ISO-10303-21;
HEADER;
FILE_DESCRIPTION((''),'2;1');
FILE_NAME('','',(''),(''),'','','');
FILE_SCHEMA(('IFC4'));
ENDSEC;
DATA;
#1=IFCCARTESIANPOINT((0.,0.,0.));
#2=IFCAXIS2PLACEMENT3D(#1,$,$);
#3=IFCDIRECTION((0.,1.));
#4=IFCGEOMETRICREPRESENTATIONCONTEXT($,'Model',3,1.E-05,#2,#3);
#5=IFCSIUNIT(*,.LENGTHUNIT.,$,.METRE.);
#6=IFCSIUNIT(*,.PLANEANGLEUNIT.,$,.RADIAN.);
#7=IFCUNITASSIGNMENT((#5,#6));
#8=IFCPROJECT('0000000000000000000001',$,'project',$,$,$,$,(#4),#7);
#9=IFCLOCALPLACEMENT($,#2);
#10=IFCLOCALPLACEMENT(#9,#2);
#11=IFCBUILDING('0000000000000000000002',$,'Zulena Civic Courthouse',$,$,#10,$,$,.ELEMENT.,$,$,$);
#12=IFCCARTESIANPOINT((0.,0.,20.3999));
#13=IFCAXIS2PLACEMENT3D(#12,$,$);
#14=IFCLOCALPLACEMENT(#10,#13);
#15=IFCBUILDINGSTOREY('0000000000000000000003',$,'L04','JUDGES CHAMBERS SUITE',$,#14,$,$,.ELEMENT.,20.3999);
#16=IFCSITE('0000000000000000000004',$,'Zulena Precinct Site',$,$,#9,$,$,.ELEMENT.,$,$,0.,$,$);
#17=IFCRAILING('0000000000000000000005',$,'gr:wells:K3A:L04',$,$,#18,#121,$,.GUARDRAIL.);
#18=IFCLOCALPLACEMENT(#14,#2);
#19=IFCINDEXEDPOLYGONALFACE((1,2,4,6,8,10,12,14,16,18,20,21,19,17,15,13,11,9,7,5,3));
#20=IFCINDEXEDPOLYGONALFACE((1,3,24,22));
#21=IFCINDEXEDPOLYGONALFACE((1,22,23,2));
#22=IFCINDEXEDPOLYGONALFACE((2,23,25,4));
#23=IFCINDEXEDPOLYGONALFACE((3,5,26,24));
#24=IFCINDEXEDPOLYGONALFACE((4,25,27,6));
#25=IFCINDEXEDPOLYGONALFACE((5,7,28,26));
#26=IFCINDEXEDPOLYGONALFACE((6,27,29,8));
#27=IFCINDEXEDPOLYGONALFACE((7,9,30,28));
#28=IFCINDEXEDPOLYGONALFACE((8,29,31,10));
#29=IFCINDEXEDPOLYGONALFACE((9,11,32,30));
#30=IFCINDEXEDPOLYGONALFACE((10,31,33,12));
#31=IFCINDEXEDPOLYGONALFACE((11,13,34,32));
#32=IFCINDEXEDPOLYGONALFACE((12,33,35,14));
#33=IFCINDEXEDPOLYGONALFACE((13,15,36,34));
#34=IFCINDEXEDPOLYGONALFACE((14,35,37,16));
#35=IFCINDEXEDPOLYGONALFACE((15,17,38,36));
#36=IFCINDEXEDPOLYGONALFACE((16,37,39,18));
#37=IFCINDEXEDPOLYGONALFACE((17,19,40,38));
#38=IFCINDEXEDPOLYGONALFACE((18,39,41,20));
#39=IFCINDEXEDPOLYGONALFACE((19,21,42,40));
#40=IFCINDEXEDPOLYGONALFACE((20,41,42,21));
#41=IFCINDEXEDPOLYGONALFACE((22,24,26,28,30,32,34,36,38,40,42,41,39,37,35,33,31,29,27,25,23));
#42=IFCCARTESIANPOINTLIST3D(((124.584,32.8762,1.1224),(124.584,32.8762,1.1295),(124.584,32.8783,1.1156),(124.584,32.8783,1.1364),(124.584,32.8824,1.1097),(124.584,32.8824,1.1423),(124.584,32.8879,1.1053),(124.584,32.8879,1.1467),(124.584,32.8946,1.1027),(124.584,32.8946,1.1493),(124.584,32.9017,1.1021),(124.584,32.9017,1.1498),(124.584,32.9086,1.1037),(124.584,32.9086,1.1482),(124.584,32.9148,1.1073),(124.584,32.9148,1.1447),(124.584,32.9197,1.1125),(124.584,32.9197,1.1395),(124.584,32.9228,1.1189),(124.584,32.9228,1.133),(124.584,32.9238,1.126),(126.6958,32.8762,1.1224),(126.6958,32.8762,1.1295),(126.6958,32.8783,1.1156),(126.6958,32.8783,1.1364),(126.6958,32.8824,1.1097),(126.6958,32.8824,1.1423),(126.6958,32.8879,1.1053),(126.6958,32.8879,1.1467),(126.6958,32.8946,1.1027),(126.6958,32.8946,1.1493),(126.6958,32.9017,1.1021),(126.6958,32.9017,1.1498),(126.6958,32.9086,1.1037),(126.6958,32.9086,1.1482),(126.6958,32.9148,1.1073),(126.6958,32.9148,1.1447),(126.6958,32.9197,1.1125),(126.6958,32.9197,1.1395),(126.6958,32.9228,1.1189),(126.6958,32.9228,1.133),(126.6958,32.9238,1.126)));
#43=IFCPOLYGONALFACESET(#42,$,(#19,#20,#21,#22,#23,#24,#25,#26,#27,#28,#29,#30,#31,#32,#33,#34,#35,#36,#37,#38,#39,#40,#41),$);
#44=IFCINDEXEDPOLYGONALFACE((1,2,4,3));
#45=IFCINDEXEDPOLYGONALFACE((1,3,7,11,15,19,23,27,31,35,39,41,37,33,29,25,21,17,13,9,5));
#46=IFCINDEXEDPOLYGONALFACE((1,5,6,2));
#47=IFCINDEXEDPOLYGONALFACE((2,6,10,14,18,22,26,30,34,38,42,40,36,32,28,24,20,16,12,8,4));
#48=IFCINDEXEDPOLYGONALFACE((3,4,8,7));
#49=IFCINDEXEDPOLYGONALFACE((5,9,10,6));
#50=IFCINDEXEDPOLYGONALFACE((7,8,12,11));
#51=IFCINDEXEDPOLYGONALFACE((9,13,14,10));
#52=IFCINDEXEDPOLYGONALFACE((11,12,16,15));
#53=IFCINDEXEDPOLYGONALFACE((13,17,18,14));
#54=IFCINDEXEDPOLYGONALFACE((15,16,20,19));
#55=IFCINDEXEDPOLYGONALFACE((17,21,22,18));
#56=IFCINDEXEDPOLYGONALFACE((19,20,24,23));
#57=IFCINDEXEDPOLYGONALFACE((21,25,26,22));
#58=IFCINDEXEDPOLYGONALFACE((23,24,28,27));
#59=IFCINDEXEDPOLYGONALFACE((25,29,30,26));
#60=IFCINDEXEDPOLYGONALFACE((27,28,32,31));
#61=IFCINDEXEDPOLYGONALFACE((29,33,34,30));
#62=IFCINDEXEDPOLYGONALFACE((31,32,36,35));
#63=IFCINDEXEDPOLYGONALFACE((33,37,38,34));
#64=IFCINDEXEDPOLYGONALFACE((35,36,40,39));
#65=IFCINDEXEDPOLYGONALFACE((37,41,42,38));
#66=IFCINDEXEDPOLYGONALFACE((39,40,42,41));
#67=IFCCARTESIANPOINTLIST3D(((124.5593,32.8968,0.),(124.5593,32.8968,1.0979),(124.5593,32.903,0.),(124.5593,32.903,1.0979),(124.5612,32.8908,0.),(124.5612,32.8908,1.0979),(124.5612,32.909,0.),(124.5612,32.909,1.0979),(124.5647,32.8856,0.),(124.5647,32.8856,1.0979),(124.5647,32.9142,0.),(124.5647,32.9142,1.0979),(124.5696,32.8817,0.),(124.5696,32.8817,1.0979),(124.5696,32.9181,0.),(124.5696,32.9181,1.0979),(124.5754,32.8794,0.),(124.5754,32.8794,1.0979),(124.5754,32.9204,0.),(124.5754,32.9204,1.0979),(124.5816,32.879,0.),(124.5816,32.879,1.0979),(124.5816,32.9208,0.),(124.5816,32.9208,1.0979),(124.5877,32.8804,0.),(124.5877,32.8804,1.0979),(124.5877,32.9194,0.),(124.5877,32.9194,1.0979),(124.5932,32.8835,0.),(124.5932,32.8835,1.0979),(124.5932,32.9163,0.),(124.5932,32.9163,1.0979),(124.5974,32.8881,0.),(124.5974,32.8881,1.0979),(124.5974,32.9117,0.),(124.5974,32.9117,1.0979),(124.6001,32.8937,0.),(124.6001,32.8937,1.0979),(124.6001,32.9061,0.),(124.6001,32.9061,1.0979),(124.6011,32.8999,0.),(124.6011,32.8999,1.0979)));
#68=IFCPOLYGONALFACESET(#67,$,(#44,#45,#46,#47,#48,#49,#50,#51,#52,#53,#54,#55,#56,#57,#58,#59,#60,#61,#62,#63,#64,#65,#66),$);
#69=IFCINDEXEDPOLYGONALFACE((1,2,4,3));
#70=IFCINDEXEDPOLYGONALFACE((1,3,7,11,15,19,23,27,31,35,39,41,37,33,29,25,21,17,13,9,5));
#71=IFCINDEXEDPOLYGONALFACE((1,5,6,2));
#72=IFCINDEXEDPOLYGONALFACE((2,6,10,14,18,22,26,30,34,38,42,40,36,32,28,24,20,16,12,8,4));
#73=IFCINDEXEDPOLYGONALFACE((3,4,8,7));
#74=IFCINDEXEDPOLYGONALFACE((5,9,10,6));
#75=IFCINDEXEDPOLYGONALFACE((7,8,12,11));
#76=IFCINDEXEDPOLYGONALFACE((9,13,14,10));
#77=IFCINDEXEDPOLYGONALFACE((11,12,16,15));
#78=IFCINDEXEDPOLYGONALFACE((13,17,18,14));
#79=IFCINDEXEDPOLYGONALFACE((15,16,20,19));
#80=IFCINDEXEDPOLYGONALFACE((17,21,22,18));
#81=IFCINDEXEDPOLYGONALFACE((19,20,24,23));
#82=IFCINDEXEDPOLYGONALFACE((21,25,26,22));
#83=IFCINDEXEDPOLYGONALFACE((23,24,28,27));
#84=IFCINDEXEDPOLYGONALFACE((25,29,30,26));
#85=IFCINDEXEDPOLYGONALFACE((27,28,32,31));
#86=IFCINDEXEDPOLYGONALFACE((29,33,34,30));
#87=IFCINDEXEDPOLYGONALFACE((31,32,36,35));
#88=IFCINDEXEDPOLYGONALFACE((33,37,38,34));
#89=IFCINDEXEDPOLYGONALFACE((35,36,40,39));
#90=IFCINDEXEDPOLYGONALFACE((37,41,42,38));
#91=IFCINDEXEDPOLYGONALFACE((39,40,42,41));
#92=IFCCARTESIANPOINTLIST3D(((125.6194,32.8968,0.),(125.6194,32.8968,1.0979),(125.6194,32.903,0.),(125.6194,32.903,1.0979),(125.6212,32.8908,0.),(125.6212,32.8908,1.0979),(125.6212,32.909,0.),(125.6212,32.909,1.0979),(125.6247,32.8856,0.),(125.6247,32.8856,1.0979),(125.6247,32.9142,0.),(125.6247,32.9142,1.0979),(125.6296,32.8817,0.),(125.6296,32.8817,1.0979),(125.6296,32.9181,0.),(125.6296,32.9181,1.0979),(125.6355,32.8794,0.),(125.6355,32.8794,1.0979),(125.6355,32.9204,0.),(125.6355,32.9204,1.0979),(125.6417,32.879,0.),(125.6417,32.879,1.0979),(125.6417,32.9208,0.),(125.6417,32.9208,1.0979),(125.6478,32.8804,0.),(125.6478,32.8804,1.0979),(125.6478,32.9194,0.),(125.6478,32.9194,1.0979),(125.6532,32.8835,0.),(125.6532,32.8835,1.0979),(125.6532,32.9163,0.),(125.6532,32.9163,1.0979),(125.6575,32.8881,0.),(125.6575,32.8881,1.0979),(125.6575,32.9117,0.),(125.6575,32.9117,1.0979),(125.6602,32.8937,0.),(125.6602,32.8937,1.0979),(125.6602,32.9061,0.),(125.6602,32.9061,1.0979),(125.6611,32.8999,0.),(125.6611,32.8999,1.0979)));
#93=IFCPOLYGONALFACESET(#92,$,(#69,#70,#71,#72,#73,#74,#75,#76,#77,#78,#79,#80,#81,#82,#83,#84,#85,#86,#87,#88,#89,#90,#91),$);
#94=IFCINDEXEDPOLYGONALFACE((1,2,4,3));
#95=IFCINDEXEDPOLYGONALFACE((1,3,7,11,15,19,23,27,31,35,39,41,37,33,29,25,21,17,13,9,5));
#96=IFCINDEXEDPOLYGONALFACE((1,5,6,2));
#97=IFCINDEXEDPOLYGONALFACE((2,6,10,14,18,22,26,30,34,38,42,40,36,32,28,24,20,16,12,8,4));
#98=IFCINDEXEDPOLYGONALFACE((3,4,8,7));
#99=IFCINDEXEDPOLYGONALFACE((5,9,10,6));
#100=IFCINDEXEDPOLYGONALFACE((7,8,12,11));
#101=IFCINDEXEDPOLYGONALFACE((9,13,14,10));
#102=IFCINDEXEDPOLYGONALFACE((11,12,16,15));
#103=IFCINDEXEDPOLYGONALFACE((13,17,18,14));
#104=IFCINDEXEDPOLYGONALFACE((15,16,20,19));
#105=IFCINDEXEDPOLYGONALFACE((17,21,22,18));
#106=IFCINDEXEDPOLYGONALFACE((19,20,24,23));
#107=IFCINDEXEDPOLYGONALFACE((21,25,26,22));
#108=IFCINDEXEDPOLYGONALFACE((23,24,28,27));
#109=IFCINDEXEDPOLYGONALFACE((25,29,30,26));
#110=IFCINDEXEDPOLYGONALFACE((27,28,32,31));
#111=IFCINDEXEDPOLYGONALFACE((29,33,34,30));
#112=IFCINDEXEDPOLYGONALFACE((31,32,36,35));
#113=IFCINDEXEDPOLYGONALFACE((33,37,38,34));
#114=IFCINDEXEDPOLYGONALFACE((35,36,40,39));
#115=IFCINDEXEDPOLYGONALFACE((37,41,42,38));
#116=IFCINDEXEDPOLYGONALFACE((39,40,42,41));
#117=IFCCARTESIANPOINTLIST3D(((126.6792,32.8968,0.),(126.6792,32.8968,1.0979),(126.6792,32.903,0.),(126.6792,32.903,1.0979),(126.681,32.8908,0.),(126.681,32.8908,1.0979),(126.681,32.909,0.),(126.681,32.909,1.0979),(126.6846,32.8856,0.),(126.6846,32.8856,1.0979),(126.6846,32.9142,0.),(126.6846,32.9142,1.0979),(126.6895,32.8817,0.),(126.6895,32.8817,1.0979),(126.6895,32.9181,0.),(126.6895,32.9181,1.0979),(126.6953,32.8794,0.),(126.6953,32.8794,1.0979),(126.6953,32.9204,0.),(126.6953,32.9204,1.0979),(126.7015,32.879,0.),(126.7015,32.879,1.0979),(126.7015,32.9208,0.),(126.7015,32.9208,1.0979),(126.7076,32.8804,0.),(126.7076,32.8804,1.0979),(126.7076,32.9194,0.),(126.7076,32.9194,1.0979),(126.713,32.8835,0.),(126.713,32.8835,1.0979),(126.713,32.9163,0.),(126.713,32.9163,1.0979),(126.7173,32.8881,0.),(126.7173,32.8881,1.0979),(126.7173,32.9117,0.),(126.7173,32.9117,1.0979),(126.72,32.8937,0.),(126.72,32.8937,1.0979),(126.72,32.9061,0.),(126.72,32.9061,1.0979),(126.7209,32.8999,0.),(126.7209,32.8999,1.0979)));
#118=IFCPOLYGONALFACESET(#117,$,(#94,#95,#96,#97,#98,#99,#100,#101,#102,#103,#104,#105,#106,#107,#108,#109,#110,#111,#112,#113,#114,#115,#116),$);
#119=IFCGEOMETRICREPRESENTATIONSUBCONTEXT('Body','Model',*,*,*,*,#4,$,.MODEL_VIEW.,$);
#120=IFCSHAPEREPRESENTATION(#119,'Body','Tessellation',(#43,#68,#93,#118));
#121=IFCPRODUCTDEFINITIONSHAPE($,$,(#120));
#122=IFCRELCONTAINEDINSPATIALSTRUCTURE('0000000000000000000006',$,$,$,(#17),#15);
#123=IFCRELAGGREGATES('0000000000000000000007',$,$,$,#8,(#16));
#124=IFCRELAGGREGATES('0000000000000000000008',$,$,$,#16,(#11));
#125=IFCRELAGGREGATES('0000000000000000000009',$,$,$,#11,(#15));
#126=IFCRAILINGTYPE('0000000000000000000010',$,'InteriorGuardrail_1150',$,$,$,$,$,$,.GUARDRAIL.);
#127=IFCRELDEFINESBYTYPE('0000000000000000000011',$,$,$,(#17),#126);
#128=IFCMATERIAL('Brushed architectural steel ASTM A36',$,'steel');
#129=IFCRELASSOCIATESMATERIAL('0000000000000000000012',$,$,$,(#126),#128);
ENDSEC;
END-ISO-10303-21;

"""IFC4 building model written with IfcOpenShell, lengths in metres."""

from ifc_helpers import new_model, si_unit, direction, frame, origin, origin_2d, place, context, subcontext, project, spatial, circle, extrude, material, type_object, element, save


model = new_model("IFC4")

# Units and contexts
model_context = context("Model", 3, precision=1e-05, world=origin(), true_north=direction((0.0, 1.0)))
body_context = subcontext(model_context, "Body", "Model", "MODEL_VIEW")
ifc_project = project(units=[si_unit("LENGTHUNIT", "METRE"), si_unit("PLANEANGLEUNIT", "RADIAN")], contexts=[model_context])

# Site, building, storey
site_placement = place(None, origin())
site = spatial("IfcSite", under=ifc_project, at=site_placement, Name="Zulena Precinct Site", CompositionType="ELEMENT", RefElevation=0.0)
building_placement = place(site_placement, origin())
building = spatial("IfcBuilding", under=site, at=building_placement, Name="Zulena Civic Courthouse", CompositionType="ELEMENT")
storey_placement = place(building_placement, frame((0.0, 0.0, 20.3999)))
storey = spatial("IfcBuildingStorey", under=building, at=storey_placement, Name="L04", Description="JUDGES CHAMBERS SUITE", CompositionType="ELEMENT", Elevation=20.3999)

# Railing
ifc_material_1 = material(Name="Brushed architectural steel ASTM A36", Category="steel")
railing_type = type_object("IfcRailingType", Name="InteriorGuardrail_1150", PredefinedType="GUARDRAIL", material=ifc_material_1)
railing_1_placement = place(storey_placement, frame((124.5801, 32.8999, 0.0)))
element("IfcRailing", 1, at=railing_1_placement, inside=storey, type_object=railing_type, Name="gr:wells:K3A:L04", PredefinedType="GUARDRAIL", context=body_context, shape_type="SweptSolid", body=[
    extrude(circle(Radius=0.0239, at=origin_2d()), frame((0.0039, 0.0, 1.126), z_axis=(1.0, 0.0, 0.0), x_axis=(0.0, 1.0, 0.0)), (0.0, 0.0, 1.0), 2.1118),
    extrude(circle(Radius=0.021, at=origin_2d()), origin(), (0.0, 0.0, 1.0), 1.0979),
    extrude(circle(Radius=0.021, at=origin_2d()), frame((1.0601, 0.0, 0.0)), (0.0, 0.0, 1.0), 1.0979),
    extrude(circle(Radius=0.021, at=origin_2d()), frame((2.1199, 0.0, 0.0)), (0.0, 0.0, 1.0), 1.0979),
])

save(model, "model.ifc")
